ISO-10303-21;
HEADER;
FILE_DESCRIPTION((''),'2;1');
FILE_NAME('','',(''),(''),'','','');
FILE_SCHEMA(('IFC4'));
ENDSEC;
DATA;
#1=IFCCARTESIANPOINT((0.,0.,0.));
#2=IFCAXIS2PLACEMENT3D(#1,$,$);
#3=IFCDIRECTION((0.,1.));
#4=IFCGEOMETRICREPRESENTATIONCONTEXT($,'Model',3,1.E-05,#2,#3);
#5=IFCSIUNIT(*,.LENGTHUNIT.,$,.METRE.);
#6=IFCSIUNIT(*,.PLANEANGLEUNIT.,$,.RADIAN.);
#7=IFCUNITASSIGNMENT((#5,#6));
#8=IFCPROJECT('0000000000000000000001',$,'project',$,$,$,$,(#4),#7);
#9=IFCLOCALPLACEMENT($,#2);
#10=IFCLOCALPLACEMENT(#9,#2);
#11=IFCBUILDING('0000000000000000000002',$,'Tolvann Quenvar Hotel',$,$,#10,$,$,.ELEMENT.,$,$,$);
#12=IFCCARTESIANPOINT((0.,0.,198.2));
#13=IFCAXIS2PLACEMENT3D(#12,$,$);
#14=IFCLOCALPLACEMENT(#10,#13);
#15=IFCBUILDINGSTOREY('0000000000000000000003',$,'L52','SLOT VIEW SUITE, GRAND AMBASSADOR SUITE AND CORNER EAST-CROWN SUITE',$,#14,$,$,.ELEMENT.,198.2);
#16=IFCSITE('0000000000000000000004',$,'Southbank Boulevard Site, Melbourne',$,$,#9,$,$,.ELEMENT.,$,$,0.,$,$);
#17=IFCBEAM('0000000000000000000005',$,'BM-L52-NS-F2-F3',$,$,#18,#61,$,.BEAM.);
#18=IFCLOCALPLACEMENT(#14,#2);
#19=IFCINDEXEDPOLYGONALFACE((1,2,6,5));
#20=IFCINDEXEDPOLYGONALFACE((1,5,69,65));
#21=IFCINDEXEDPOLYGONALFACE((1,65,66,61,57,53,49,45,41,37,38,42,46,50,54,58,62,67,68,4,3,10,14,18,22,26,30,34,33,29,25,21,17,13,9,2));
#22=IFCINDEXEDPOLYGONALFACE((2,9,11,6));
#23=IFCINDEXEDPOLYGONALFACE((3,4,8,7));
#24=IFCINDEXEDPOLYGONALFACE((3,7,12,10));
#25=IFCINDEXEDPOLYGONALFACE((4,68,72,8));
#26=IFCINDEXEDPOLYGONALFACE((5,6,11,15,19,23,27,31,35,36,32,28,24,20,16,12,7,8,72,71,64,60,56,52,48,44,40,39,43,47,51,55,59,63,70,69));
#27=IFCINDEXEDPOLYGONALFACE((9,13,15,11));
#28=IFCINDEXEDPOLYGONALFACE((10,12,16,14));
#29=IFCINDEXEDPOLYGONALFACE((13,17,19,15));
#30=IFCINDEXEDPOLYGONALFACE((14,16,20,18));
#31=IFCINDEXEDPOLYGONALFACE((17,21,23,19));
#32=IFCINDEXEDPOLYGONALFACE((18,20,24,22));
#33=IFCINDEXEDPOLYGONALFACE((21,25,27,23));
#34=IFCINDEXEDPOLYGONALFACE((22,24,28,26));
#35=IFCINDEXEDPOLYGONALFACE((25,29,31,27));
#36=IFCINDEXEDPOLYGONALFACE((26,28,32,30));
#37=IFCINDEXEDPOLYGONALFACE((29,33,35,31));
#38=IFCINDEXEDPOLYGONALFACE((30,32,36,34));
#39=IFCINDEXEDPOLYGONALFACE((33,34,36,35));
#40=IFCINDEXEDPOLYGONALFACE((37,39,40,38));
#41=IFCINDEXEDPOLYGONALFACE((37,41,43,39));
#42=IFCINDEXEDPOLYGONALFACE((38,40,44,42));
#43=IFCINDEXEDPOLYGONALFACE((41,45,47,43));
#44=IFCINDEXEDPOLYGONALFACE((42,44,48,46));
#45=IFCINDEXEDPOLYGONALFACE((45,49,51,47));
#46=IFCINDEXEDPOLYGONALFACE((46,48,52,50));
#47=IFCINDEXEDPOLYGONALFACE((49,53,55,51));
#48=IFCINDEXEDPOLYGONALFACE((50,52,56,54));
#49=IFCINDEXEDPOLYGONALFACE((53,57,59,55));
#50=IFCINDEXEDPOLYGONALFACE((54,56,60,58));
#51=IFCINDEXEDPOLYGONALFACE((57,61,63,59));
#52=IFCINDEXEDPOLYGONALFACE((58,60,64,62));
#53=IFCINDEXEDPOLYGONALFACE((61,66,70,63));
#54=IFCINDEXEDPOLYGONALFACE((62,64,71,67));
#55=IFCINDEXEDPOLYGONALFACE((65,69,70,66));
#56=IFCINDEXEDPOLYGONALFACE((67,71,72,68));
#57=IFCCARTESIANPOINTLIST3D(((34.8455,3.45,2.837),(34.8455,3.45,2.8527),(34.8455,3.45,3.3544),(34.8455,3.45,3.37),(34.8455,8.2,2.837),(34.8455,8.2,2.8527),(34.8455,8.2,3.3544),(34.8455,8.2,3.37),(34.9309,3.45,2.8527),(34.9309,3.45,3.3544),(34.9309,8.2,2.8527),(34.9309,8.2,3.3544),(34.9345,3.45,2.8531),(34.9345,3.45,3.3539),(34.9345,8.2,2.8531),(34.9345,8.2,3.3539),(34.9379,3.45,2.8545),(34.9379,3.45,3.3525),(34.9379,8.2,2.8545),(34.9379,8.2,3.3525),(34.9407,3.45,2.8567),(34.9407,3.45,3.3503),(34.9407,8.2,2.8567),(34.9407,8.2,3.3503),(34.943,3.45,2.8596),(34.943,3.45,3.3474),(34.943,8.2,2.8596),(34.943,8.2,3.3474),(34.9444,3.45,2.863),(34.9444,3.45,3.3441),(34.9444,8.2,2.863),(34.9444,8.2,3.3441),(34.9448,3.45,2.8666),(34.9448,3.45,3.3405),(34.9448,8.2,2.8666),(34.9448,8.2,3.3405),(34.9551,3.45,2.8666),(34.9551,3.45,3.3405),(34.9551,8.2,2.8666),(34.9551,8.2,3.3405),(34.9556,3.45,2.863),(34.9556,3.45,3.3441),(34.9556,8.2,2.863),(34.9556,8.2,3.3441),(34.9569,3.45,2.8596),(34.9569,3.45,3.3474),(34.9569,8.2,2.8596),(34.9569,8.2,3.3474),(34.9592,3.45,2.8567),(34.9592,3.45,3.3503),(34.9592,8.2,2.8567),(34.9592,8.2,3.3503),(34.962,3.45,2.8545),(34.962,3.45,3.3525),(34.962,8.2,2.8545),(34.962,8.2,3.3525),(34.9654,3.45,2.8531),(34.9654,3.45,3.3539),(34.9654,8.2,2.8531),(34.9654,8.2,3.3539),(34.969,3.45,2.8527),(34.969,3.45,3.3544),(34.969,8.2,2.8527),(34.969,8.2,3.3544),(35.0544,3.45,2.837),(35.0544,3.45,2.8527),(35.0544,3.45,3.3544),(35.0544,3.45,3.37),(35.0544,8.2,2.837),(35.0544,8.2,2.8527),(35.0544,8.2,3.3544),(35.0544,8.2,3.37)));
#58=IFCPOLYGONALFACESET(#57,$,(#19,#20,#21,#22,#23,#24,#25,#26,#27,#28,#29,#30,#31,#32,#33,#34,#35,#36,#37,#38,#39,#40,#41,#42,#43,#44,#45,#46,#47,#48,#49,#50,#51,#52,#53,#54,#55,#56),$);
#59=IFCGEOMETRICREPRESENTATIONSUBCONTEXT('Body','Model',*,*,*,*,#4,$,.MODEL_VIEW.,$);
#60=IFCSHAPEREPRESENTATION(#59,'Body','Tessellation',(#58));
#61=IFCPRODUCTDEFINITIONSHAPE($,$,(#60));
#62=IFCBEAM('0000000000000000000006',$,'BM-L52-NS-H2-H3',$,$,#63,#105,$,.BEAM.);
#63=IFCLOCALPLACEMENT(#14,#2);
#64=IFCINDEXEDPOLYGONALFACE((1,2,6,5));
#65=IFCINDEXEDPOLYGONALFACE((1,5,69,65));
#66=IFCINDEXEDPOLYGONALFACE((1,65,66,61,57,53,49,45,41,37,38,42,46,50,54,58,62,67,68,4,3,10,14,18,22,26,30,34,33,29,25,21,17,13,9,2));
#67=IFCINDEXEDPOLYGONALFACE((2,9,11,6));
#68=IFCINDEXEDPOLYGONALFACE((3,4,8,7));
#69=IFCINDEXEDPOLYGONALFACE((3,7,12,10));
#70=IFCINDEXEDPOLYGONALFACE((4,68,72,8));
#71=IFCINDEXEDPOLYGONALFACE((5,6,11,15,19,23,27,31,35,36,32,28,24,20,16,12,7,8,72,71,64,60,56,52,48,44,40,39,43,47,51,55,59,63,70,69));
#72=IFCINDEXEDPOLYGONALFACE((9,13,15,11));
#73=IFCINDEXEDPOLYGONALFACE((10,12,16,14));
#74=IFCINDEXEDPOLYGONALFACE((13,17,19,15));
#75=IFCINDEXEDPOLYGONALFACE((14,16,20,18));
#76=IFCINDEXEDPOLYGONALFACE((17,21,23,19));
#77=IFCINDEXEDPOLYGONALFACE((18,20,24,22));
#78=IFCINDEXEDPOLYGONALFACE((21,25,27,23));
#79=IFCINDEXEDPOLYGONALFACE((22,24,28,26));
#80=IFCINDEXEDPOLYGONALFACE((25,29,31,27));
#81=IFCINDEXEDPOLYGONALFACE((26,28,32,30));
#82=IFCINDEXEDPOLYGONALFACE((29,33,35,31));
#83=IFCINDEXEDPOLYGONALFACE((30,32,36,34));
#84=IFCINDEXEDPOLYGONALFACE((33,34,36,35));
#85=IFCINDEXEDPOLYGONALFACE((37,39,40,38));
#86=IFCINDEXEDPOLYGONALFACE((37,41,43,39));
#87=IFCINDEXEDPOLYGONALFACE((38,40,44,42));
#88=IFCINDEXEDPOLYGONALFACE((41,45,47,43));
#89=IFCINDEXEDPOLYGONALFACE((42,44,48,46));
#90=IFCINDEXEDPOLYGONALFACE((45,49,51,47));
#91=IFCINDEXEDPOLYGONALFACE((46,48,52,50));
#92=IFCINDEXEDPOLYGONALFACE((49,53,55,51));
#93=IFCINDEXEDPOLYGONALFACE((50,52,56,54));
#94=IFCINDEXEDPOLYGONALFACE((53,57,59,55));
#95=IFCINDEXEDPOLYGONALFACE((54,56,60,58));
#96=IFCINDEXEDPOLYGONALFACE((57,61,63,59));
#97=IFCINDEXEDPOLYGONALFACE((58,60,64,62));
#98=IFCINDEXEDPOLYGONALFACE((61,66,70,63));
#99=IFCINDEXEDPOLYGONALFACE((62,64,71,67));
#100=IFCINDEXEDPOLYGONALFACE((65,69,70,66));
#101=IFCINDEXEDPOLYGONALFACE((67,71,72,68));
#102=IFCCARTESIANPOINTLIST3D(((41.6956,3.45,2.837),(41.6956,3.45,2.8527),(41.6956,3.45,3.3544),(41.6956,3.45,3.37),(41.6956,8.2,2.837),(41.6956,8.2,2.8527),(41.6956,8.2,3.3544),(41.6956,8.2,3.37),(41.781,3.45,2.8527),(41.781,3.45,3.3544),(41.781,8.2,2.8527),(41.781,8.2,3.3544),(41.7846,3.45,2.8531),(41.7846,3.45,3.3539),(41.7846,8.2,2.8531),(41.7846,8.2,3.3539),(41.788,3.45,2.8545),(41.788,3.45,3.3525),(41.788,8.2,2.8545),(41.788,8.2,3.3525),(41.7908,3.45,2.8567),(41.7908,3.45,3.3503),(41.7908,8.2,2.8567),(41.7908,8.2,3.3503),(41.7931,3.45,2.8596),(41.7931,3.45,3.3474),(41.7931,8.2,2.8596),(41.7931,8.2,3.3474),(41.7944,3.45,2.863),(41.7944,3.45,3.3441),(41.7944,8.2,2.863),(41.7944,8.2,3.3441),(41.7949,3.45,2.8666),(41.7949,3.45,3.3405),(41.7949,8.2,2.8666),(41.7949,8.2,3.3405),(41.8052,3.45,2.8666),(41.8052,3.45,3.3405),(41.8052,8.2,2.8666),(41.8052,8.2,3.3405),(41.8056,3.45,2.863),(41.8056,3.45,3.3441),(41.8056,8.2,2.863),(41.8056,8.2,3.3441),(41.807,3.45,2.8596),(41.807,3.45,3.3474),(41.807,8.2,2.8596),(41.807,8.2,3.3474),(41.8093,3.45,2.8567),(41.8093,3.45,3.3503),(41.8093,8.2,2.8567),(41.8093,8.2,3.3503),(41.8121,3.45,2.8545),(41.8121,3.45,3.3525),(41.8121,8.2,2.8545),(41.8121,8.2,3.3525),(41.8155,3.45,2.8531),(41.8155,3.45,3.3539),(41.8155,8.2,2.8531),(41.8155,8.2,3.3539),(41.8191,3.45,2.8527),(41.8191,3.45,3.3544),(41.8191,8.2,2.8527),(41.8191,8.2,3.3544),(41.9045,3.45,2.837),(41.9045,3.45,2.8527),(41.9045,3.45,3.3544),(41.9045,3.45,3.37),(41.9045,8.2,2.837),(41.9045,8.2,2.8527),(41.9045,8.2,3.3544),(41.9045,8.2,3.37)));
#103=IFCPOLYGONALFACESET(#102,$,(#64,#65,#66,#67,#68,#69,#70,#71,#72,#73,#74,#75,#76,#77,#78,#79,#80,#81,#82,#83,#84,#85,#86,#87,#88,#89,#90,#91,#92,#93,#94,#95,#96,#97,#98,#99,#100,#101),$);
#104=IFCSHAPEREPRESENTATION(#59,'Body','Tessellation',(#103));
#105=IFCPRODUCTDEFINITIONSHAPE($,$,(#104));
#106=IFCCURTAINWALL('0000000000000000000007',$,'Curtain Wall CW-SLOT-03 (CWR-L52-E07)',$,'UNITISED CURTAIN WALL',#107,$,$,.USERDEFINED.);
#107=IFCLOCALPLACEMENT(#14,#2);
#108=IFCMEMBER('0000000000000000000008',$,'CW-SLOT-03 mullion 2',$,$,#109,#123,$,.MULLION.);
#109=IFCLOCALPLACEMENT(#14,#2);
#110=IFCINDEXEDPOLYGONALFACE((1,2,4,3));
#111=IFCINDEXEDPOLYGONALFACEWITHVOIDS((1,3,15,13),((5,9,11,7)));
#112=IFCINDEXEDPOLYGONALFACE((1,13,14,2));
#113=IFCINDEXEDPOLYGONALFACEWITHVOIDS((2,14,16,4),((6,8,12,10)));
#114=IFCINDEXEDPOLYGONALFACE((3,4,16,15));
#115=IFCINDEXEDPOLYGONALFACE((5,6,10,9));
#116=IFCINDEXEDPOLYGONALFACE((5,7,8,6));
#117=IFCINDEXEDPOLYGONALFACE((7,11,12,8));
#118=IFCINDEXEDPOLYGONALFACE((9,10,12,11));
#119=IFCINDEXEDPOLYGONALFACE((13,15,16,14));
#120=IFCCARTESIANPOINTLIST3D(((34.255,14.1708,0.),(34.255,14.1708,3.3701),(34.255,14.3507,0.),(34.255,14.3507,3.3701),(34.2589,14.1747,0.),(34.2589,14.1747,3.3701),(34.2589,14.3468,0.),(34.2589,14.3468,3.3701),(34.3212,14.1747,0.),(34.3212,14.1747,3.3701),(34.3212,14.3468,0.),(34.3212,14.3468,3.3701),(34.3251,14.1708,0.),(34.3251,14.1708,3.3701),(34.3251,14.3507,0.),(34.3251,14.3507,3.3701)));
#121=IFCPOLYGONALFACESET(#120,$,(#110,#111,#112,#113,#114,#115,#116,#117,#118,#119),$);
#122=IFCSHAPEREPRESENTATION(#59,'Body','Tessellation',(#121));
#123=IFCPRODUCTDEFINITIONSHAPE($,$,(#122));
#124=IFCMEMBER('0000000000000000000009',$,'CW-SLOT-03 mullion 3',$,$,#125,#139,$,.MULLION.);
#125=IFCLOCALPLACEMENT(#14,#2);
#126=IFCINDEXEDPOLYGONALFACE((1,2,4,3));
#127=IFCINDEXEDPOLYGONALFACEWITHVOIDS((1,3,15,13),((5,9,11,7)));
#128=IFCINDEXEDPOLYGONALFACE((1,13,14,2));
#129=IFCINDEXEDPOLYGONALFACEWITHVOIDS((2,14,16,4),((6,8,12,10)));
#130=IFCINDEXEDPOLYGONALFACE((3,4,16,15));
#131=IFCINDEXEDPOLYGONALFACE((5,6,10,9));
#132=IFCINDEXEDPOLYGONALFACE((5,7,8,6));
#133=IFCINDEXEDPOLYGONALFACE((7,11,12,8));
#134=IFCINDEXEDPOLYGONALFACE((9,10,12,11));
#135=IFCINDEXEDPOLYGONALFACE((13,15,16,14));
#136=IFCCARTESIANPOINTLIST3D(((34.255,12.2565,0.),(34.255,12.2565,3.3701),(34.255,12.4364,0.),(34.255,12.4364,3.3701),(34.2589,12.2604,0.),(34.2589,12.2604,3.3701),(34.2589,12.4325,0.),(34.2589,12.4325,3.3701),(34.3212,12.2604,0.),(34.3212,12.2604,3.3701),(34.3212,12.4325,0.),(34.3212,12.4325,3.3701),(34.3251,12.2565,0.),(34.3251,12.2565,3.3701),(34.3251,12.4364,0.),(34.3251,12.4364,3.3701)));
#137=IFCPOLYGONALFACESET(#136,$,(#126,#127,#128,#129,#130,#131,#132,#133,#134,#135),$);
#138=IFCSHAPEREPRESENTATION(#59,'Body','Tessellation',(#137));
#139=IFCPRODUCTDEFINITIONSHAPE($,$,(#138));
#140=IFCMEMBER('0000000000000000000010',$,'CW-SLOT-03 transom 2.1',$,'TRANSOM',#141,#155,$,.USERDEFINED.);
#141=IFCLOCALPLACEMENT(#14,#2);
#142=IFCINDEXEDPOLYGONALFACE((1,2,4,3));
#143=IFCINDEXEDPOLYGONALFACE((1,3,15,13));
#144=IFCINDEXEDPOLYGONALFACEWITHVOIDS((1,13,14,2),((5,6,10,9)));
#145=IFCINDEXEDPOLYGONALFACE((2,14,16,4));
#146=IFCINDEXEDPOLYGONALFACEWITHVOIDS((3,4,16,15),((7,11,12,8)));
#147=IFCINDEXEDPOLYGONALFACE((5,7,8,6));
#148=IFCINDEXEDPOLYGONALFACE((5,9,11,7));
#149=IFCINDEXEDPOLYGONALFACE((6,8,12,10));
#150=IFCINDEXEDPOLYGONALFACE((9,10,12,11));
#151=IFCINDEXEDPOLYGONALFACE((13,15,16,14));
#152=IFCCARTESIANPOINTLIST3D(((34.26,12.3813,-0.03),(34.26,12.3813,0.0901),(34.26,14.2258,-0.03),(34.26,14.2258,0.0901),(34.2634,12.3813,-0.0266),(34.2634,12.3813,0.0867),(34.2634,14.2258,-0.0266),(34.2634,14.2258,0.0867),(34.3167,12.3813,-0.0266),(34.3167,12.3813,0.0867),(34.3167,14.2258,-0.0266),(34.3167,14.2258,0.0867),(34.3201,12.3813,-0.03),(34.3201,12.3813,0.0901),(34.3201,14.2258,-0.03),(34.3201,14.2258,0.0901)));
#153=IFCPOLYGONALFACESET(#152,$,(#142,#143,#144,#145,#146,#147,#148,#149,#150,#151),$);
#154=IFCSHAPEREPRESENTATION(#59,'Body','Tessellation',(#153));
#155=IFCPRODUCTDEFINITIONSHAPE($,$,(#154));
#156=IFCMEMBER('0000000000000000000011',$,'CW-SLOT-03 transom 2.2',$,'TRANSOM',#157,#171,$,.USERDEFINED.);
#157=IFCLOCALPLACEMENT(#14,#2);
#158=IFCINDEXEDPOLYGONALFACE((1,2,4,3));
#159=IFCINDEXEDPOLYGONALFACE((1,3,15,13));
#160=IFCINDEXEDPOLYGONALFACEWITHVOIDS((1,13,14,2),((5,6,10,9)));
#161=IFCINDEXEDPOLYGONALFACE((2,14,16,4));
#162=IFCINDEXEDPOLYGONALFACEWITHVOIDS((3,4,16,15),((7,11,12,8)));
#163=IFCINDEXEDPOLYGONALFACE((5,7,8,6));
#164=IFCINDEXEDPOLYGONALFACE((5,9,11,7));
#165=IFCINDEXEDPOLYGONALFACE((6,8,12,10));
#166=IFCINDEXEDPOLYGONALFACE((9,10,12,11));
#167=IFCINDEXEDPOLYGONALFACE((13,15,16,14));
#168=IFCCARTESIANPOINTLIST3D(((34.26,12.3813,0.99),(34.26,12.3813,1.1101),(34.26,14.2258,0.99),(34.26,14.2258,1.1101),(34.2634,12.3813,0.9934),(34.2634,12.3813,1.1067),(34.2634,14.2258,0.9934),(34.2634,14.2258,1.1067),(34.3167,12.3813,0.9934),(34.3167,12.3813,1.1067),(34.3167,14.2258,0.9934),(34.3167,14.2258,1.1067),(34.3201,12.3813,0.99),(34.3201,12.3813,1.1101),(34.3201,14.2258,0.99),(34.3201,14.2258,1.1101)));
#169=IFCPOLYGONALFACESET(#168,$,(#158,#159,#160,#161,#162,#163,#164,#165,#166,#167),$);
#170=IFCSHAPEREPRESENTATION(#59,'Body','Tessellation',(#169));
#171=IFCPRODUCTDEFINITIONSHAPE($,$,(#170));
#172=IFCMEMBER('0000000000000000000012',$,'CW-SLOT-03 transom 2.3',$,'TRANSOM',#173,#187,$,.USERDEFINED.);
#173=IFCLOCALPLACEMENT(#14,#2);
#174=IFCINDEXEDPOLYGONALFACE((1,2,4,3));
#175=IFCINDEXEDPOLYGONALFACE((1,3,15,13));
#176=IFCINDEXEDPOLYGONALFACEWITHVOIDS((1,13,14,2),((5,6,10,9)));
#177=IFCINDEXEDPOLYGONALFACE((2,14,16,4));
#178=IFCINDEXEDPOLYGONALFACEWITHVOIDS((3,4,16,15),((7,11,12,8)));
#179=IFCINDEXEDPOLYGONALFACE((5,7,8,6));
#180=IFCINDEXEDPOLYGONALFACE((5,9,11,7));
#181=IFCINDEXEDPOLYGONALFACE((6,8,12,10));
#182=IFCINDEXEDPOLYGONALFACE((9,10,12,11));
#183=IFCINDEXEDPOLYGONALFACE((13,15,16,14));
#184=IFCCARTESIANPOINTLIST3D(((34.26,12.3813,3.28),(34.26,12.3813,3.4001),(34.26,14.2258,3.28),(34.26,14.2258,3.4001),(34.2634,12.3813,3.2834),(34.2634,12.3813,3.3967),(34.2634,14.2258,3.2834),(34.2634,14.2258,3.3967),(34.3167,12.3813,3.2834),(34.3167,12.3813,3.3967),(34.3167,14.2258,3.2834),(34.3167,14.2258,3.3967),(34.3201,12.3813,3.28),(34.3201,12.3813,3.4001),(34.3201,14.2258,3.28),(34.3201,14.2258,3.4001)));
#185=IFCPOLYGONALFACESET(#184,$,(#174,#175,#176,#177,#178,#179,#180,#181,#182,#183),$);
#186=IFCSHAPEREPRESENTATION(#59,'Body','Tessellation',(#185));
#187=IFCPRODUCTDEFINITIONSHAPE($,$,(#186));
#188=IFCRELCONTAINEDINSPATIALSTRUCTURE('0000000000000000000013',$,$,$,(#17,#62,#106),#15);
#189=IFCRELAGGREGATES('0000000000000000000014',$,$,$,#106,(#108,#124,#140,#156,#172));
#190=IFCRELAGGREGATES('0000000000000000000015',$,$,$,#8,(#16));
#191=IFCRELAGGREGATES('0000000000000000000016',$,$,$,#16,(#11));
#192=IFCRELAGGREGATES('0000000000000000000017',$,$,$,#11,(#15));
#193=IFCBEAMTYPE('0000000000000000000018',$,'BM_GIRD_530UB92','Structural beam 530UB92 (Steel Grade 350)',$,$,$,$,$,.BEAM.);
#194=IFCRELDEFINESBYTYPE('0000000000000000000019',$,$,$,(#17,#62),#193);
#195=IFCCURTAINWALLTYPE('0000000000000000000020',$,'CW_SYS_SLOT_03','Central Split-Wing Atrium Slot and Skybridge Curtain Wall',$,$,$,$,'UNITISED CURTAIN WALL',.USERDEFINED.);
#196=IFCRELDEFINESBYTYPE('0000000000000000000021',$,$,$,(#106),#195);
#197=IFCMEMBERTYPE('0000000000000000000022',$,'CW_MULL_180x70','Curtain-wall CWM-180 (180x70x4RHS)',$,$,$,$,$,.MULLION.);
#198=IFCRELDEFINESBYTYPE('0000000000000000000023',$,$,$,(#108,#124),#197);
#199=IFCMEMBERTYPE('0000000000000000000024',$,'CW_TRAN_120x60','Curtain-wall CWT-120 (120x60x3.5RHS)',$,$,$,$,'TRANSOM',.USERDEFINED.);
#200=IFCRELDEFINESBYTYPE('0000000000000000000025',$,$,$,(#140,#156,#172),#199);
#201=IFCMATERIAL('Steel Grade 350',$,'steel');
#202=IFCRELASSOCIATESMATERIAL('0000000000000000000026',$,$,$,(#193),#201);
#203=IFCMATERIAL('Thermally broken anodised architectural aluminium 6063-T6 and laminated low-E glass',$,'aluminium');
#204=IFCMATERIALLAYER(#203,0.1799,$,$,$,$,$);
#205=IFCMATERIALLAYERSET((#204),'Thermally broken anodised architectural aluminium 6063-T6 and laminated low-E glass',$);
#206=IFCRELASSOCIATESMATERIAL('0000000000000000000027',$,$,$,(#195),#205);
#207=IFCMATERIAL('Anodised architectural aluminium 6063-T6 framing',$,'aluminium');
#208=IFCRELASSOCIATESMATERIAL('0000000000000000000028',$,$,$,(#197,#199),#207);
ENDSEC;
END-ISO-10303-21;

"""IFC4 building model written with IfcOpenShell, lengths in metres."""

from ifc_helpers import new_model, si_unit, direction, frame, origin, origin_2d, place, context, subcontext, project, spatial, hollow_rectangle, i_section, extrude, source, transform, mapped, material, layer, layer_set, material_profile, profile_set, type_object, type_shapes, element, aggregate, save


model = new_model("IFC4")

# Units and contexts
model_context = context("Model", 3, precision=1e-05, world=origin(), true_north=direction((0.0, 1.0)))
body_context = subcontext(model_context, "Body", "Model", "MODEL_VIEW")
ifc_project = project(units=[si_unit("LENGTHUNIT", "METRE"), si_unit("PLANEANGLEUNIT", "RADIAN")], contexts=[model_context])

# Site, building, storey
site_placement = place(None, origin())
site = spatial("IfcSite", under=ifc_project, at=site_placement, Name="Southbank Boulevard Site, Melbourne", CompositionType="ELEMENT", RefElevation=0.0)
building_placement = place(site_placement, origin())
building = spatial("IfcBuilding", under=site, at=building_placement, Name="Tolvann Quenvar Hotel", CompositionType="ELEMENT")
storey_placement = place(building_placement, frame((0.0, 0.0, 198.2)))
storey = spatial("IfcBuildingStorey", under=building, at=storey_placement, Name="L52", Description="SLOT VIEW SUITE, GRAND AMBASSADOR SUITE AND CORNER EAST-CROWN SUITE", CompositionType="ELEMENT", Elevation=198.2)

# Shared definitions
ifc_material_1 = material(Name="Steel Grade 350", Category="steel")

# Beams
ifc_material_profile_1 = material_profile(ifc_material_1, i_section(OverallWidth=0.209, OverallDepth=0.533, WebThickness=0.0103, FlangeThickness=0.0156, FilletRadius=0.0139, at=origin_2d()), Name="530UB92")
ifc_profile_set_1 = profile_set([ifc_material_profile_1], Name="Steel Grade 350")
beam_type_1 = type_object("IfcBeamType", Name="BM_GIRD_530UB92", Description="Structural beam 530UB92 (Steel Grade 350)", PredefinedType="BEAM", material=ifc_profile_set_1)
shared_shape_1 = source(origin(), body_context, "Body", "SweptSolid", [
    extrude(i_section(OverallWidth=0.209, OverallDepth=0.533, WebThickness=0.0103, FlangeThickness=0.0156, FilletRadius=0.0139, at=origin_2d()), origin(), (0.0, 0.0, 1.0), 4.75),
])
for number, where, z_axis, x_axis, name in (
    (1, (34.95, 3.45, 3.1035), (0.0, 1.0, 0.0), (-1.0, 0.0, 0.0), "BM-L52-NS-F2-F3"),
    (2, (41.8, 3.45, 3.1035), (0.0, 1.0, 0.0), (-1.0, 0.0, 0.0), "BM-L52-NS-H2-H3"),
):
    element("IfcBeam", number, at=place(storey_placement, frame(where, z_axis=z_axis, x_axis=x_axis)), inside=storey, type_object=beam_type_1, Name=name, PredefinedType="BEAM", context=body_context, shape_type="MappedRepresentation", body=[
        mapped(shared_shape_1, transform((0.0, 0.0, 0.0), x_axis=(1.0, 0.0, 0.0), y_axis=(0.0, 1.0, 0.0), z_axis=(0.0, 0.0, 1.0), scale=1.0)),
    ])

# Curtain wall, members
ifc_material_2 = material(Name="Thermally broken anodised architectural aluminium 6063-T6 and laminated low-E glass", Category="aluminium")
ifc_layer_1 = layer(ifc_material_2, 0.1799)
ifc_layer_set_1 = layer_set([ifc_layer_1], Name="Thermally broken anodised architectural aluminium 6063-T6 and laminated low-E glass")
curtain_wall_type = type_object("IfcCurtainWallType", Name="CW_SYS_SLOT_03", Description="Central Split-Wing Atrium Slot and Skybridge Curtain Wall", ElementType="UNITISED CURTAIN WALL", PredefinedType="USERDEFINED", material=ifc_layer_set_1)
curtain_wall_placement = place(storey_placement, origin())
curtain_wall = element("IfcCurtainWall", 3, at=curtain_wall_placement, inside=storey, type_object=curtain_wall_type, Name="Curtain Wall CW-SLOT-03 (CWR-L52-E07)", ObjectType="UNITISED CURTAIN WALL", PredefinedType="USERDEFINED")
ifc_material_3 = material(Name="Anodised architectural aluminium 6063-T6 framing", Category="aluminium")
ifc_material_profile_2 = material_profile(ifc_material_3, hollow_rectangle(XDim=0.0701, YDim=0.1799, WallThickness=0.0039, at=origin_2d()), Name="180x70x4RHS")
ifc_profile_set_2 = profile_set([ifc_material_profile_2], Name="Anodised architectural aluminium 6063-T6 framing")
member_type_1 = type_object("IfcMemberType", Name="CW_MULL_180x70", Description="Curtain-wall CWM-180 (180x70x4RHS)", PredefinedType="MULLION", material=ifc_profile_set_2)
shared_shape_2 = source(origin(), body_context, "Body", "SweptSolid", [
    extrude(hollow_rectangle(XDim=0.0701, YDim=0.1799, WallThickness=0.0039, at=origin_2d()), origin(), (0.0, 0.0, 1.0), 3.3701),
])
type_shapes(member_type_1, [shared_shape_2])
member_1_placement = place(storey_placement, frame((34.29, 14.2607, 0.0), z_axis=(0.0, 0.0, 1.0), x_axis=(1.0, 0.0, 0.0)))
member_1 = element("IfcMember", 4, at=member_1_placement, type_object=member_type_1, Name="CW-SLOT-03 mullion 2", PredefinedType="MULLION", context=body_context, shape_type="MappedRepresentation", body=[
    mapped(shared_shape_2, transform((0.0, 0.0, 0.0), x_axis=(1.0, 0.0, 0.0), y_axis=(0.0, 1.0, 0.0), z_axis=(0.0, 0.0, 1.0), scale=1.0)),
])
member_2_placement = place(storey_placement, frame((34.29, 12.3464, 0.0), z_axis=(0.0, 0.0, 1.0), x_axis=(1.0, 0.0, 0.0)))
member_2 = element("IfcMember", 5, at=member_2_placement, type_object=member_type_1, Name="CW-SLOT-03 mullion 3", PredefinedType="MULLION", context=body_context, shape_type="MappedRepresentation", body=[
    mapped(shared_shape_2, transform((0.0, 0.0, 0.0), x_axis=(1.0, 0.0, 0.0), y_axis=(0.0, 1.0, 0.0), z_axis=(0.0, 0.0, 1.0), scale=1.0)),
])
ifc_material_profile_3 = material_profile(ifc_material_3, hollow_rectangle(XDim=0.0601, YDim=0.1201, WallThickness=0.0034, at=origin_2d()), Name="120x60x3.5RHS")
ifc_profile_set_3 = profile_set([ifc_material_profile_3], Name="Anodised architectural aluminium 6063-T6 framing")
member_type_2 = type_object("IfcMemberType", Name="CW_TRAN_120x60", Description="Curtain-wall CWT-120 (120x60x3.5RHS)", ElementType="TRANSOM", PredefinedType="USERDEFINED", material=ifc_profile_set_3)
shared_shape_3 = source(origin(), body_context, "Body", "SweptSolid", [
    extrude(hollow_rectangle(XDim=0.0601, YDim=0.1201, WallThickness=0.0034, at=origin_2d()), origin(), (0.0, 0.0, 1.0), 1.8445),
])
type_shapes(member_type_2, [shared_shape_3])
member_3_placement = place(storey_placement, frame((34.29, 14.2258, 0.03), z_axis=(0.0, -1.0, 0.0), x_axis=(1.0, 0.0, 0.0)))
member_3 = element("IfcMember", 6, at=member_3_placement, type_object=member_type_2, Name="CW-SLOT-03 transom 2.1", ObjectType="TRANSOM", PredefinedType="USERDEFINED", context=body_context, shape_type="MappedRepresentation", body=[
    mapped(shared_shape_3, transform((0.0, 0.0, 0.0), x_axis=(1.0, 0.0, 0.0), y_axis=(0.0, 1.0, 0.0), z_axis=(0.0, 0.0, 1.0), scale=1.0)),
])
member_4_placement = place(storey_placement, frame((34.29, 14.2258, 1.05), z_axis=(0.0, -1.0, 0.0), x_axis=(1.0, 0.0, 0.0)))
member_4 = element("IfcMember", 7, at=member_4_placement, type_object=member_type_2, Name="CW-SLOT-03 transom 2.2", ObjectType="TRANSOM", PredefinedType="USERDEFINED", context=body_context, shape_type="MappedRepresentation", body=[
    mapped(shared_shape_3, transform((0.0, 0.0, 0.0), x_axis=(1.0, 0.0, 0.0), y_axis=(0.0, 1.0, 0.0), z_axis=(0.0, 0.0, 1.0), scale=1.0)),
])
member_5_placement = place(storey_placement, frame((34.29, 14.2258, 3.3401), z_axis=(0.0, -1.0, 0.0), x_axis=(1.0, 0.0, 0.0)))
member_5 = element("IfcMember", 8, at=member_5_placement, type_object=member_type_2, Name="CW-SLOT-03 transom 2.3", ObjectType="TRANSOM", PredefinedType="USERDEFINED", context=body_context, shape_type="MappedRepresentation", body=[
    mapped(shared_shape_3, transform((0.0, 0.0, 0.0), x_axis=(1.0, 0.0, 0.0), y_axis=(0.0, 1.0, 0.0), z_axis=(0.0, 0.0, 1.0), scale=1.0)),
])
aggregate(curtain_wall, [member_1, member_2, member_3, member_4, member_5])

save(model, "model.ifc")
